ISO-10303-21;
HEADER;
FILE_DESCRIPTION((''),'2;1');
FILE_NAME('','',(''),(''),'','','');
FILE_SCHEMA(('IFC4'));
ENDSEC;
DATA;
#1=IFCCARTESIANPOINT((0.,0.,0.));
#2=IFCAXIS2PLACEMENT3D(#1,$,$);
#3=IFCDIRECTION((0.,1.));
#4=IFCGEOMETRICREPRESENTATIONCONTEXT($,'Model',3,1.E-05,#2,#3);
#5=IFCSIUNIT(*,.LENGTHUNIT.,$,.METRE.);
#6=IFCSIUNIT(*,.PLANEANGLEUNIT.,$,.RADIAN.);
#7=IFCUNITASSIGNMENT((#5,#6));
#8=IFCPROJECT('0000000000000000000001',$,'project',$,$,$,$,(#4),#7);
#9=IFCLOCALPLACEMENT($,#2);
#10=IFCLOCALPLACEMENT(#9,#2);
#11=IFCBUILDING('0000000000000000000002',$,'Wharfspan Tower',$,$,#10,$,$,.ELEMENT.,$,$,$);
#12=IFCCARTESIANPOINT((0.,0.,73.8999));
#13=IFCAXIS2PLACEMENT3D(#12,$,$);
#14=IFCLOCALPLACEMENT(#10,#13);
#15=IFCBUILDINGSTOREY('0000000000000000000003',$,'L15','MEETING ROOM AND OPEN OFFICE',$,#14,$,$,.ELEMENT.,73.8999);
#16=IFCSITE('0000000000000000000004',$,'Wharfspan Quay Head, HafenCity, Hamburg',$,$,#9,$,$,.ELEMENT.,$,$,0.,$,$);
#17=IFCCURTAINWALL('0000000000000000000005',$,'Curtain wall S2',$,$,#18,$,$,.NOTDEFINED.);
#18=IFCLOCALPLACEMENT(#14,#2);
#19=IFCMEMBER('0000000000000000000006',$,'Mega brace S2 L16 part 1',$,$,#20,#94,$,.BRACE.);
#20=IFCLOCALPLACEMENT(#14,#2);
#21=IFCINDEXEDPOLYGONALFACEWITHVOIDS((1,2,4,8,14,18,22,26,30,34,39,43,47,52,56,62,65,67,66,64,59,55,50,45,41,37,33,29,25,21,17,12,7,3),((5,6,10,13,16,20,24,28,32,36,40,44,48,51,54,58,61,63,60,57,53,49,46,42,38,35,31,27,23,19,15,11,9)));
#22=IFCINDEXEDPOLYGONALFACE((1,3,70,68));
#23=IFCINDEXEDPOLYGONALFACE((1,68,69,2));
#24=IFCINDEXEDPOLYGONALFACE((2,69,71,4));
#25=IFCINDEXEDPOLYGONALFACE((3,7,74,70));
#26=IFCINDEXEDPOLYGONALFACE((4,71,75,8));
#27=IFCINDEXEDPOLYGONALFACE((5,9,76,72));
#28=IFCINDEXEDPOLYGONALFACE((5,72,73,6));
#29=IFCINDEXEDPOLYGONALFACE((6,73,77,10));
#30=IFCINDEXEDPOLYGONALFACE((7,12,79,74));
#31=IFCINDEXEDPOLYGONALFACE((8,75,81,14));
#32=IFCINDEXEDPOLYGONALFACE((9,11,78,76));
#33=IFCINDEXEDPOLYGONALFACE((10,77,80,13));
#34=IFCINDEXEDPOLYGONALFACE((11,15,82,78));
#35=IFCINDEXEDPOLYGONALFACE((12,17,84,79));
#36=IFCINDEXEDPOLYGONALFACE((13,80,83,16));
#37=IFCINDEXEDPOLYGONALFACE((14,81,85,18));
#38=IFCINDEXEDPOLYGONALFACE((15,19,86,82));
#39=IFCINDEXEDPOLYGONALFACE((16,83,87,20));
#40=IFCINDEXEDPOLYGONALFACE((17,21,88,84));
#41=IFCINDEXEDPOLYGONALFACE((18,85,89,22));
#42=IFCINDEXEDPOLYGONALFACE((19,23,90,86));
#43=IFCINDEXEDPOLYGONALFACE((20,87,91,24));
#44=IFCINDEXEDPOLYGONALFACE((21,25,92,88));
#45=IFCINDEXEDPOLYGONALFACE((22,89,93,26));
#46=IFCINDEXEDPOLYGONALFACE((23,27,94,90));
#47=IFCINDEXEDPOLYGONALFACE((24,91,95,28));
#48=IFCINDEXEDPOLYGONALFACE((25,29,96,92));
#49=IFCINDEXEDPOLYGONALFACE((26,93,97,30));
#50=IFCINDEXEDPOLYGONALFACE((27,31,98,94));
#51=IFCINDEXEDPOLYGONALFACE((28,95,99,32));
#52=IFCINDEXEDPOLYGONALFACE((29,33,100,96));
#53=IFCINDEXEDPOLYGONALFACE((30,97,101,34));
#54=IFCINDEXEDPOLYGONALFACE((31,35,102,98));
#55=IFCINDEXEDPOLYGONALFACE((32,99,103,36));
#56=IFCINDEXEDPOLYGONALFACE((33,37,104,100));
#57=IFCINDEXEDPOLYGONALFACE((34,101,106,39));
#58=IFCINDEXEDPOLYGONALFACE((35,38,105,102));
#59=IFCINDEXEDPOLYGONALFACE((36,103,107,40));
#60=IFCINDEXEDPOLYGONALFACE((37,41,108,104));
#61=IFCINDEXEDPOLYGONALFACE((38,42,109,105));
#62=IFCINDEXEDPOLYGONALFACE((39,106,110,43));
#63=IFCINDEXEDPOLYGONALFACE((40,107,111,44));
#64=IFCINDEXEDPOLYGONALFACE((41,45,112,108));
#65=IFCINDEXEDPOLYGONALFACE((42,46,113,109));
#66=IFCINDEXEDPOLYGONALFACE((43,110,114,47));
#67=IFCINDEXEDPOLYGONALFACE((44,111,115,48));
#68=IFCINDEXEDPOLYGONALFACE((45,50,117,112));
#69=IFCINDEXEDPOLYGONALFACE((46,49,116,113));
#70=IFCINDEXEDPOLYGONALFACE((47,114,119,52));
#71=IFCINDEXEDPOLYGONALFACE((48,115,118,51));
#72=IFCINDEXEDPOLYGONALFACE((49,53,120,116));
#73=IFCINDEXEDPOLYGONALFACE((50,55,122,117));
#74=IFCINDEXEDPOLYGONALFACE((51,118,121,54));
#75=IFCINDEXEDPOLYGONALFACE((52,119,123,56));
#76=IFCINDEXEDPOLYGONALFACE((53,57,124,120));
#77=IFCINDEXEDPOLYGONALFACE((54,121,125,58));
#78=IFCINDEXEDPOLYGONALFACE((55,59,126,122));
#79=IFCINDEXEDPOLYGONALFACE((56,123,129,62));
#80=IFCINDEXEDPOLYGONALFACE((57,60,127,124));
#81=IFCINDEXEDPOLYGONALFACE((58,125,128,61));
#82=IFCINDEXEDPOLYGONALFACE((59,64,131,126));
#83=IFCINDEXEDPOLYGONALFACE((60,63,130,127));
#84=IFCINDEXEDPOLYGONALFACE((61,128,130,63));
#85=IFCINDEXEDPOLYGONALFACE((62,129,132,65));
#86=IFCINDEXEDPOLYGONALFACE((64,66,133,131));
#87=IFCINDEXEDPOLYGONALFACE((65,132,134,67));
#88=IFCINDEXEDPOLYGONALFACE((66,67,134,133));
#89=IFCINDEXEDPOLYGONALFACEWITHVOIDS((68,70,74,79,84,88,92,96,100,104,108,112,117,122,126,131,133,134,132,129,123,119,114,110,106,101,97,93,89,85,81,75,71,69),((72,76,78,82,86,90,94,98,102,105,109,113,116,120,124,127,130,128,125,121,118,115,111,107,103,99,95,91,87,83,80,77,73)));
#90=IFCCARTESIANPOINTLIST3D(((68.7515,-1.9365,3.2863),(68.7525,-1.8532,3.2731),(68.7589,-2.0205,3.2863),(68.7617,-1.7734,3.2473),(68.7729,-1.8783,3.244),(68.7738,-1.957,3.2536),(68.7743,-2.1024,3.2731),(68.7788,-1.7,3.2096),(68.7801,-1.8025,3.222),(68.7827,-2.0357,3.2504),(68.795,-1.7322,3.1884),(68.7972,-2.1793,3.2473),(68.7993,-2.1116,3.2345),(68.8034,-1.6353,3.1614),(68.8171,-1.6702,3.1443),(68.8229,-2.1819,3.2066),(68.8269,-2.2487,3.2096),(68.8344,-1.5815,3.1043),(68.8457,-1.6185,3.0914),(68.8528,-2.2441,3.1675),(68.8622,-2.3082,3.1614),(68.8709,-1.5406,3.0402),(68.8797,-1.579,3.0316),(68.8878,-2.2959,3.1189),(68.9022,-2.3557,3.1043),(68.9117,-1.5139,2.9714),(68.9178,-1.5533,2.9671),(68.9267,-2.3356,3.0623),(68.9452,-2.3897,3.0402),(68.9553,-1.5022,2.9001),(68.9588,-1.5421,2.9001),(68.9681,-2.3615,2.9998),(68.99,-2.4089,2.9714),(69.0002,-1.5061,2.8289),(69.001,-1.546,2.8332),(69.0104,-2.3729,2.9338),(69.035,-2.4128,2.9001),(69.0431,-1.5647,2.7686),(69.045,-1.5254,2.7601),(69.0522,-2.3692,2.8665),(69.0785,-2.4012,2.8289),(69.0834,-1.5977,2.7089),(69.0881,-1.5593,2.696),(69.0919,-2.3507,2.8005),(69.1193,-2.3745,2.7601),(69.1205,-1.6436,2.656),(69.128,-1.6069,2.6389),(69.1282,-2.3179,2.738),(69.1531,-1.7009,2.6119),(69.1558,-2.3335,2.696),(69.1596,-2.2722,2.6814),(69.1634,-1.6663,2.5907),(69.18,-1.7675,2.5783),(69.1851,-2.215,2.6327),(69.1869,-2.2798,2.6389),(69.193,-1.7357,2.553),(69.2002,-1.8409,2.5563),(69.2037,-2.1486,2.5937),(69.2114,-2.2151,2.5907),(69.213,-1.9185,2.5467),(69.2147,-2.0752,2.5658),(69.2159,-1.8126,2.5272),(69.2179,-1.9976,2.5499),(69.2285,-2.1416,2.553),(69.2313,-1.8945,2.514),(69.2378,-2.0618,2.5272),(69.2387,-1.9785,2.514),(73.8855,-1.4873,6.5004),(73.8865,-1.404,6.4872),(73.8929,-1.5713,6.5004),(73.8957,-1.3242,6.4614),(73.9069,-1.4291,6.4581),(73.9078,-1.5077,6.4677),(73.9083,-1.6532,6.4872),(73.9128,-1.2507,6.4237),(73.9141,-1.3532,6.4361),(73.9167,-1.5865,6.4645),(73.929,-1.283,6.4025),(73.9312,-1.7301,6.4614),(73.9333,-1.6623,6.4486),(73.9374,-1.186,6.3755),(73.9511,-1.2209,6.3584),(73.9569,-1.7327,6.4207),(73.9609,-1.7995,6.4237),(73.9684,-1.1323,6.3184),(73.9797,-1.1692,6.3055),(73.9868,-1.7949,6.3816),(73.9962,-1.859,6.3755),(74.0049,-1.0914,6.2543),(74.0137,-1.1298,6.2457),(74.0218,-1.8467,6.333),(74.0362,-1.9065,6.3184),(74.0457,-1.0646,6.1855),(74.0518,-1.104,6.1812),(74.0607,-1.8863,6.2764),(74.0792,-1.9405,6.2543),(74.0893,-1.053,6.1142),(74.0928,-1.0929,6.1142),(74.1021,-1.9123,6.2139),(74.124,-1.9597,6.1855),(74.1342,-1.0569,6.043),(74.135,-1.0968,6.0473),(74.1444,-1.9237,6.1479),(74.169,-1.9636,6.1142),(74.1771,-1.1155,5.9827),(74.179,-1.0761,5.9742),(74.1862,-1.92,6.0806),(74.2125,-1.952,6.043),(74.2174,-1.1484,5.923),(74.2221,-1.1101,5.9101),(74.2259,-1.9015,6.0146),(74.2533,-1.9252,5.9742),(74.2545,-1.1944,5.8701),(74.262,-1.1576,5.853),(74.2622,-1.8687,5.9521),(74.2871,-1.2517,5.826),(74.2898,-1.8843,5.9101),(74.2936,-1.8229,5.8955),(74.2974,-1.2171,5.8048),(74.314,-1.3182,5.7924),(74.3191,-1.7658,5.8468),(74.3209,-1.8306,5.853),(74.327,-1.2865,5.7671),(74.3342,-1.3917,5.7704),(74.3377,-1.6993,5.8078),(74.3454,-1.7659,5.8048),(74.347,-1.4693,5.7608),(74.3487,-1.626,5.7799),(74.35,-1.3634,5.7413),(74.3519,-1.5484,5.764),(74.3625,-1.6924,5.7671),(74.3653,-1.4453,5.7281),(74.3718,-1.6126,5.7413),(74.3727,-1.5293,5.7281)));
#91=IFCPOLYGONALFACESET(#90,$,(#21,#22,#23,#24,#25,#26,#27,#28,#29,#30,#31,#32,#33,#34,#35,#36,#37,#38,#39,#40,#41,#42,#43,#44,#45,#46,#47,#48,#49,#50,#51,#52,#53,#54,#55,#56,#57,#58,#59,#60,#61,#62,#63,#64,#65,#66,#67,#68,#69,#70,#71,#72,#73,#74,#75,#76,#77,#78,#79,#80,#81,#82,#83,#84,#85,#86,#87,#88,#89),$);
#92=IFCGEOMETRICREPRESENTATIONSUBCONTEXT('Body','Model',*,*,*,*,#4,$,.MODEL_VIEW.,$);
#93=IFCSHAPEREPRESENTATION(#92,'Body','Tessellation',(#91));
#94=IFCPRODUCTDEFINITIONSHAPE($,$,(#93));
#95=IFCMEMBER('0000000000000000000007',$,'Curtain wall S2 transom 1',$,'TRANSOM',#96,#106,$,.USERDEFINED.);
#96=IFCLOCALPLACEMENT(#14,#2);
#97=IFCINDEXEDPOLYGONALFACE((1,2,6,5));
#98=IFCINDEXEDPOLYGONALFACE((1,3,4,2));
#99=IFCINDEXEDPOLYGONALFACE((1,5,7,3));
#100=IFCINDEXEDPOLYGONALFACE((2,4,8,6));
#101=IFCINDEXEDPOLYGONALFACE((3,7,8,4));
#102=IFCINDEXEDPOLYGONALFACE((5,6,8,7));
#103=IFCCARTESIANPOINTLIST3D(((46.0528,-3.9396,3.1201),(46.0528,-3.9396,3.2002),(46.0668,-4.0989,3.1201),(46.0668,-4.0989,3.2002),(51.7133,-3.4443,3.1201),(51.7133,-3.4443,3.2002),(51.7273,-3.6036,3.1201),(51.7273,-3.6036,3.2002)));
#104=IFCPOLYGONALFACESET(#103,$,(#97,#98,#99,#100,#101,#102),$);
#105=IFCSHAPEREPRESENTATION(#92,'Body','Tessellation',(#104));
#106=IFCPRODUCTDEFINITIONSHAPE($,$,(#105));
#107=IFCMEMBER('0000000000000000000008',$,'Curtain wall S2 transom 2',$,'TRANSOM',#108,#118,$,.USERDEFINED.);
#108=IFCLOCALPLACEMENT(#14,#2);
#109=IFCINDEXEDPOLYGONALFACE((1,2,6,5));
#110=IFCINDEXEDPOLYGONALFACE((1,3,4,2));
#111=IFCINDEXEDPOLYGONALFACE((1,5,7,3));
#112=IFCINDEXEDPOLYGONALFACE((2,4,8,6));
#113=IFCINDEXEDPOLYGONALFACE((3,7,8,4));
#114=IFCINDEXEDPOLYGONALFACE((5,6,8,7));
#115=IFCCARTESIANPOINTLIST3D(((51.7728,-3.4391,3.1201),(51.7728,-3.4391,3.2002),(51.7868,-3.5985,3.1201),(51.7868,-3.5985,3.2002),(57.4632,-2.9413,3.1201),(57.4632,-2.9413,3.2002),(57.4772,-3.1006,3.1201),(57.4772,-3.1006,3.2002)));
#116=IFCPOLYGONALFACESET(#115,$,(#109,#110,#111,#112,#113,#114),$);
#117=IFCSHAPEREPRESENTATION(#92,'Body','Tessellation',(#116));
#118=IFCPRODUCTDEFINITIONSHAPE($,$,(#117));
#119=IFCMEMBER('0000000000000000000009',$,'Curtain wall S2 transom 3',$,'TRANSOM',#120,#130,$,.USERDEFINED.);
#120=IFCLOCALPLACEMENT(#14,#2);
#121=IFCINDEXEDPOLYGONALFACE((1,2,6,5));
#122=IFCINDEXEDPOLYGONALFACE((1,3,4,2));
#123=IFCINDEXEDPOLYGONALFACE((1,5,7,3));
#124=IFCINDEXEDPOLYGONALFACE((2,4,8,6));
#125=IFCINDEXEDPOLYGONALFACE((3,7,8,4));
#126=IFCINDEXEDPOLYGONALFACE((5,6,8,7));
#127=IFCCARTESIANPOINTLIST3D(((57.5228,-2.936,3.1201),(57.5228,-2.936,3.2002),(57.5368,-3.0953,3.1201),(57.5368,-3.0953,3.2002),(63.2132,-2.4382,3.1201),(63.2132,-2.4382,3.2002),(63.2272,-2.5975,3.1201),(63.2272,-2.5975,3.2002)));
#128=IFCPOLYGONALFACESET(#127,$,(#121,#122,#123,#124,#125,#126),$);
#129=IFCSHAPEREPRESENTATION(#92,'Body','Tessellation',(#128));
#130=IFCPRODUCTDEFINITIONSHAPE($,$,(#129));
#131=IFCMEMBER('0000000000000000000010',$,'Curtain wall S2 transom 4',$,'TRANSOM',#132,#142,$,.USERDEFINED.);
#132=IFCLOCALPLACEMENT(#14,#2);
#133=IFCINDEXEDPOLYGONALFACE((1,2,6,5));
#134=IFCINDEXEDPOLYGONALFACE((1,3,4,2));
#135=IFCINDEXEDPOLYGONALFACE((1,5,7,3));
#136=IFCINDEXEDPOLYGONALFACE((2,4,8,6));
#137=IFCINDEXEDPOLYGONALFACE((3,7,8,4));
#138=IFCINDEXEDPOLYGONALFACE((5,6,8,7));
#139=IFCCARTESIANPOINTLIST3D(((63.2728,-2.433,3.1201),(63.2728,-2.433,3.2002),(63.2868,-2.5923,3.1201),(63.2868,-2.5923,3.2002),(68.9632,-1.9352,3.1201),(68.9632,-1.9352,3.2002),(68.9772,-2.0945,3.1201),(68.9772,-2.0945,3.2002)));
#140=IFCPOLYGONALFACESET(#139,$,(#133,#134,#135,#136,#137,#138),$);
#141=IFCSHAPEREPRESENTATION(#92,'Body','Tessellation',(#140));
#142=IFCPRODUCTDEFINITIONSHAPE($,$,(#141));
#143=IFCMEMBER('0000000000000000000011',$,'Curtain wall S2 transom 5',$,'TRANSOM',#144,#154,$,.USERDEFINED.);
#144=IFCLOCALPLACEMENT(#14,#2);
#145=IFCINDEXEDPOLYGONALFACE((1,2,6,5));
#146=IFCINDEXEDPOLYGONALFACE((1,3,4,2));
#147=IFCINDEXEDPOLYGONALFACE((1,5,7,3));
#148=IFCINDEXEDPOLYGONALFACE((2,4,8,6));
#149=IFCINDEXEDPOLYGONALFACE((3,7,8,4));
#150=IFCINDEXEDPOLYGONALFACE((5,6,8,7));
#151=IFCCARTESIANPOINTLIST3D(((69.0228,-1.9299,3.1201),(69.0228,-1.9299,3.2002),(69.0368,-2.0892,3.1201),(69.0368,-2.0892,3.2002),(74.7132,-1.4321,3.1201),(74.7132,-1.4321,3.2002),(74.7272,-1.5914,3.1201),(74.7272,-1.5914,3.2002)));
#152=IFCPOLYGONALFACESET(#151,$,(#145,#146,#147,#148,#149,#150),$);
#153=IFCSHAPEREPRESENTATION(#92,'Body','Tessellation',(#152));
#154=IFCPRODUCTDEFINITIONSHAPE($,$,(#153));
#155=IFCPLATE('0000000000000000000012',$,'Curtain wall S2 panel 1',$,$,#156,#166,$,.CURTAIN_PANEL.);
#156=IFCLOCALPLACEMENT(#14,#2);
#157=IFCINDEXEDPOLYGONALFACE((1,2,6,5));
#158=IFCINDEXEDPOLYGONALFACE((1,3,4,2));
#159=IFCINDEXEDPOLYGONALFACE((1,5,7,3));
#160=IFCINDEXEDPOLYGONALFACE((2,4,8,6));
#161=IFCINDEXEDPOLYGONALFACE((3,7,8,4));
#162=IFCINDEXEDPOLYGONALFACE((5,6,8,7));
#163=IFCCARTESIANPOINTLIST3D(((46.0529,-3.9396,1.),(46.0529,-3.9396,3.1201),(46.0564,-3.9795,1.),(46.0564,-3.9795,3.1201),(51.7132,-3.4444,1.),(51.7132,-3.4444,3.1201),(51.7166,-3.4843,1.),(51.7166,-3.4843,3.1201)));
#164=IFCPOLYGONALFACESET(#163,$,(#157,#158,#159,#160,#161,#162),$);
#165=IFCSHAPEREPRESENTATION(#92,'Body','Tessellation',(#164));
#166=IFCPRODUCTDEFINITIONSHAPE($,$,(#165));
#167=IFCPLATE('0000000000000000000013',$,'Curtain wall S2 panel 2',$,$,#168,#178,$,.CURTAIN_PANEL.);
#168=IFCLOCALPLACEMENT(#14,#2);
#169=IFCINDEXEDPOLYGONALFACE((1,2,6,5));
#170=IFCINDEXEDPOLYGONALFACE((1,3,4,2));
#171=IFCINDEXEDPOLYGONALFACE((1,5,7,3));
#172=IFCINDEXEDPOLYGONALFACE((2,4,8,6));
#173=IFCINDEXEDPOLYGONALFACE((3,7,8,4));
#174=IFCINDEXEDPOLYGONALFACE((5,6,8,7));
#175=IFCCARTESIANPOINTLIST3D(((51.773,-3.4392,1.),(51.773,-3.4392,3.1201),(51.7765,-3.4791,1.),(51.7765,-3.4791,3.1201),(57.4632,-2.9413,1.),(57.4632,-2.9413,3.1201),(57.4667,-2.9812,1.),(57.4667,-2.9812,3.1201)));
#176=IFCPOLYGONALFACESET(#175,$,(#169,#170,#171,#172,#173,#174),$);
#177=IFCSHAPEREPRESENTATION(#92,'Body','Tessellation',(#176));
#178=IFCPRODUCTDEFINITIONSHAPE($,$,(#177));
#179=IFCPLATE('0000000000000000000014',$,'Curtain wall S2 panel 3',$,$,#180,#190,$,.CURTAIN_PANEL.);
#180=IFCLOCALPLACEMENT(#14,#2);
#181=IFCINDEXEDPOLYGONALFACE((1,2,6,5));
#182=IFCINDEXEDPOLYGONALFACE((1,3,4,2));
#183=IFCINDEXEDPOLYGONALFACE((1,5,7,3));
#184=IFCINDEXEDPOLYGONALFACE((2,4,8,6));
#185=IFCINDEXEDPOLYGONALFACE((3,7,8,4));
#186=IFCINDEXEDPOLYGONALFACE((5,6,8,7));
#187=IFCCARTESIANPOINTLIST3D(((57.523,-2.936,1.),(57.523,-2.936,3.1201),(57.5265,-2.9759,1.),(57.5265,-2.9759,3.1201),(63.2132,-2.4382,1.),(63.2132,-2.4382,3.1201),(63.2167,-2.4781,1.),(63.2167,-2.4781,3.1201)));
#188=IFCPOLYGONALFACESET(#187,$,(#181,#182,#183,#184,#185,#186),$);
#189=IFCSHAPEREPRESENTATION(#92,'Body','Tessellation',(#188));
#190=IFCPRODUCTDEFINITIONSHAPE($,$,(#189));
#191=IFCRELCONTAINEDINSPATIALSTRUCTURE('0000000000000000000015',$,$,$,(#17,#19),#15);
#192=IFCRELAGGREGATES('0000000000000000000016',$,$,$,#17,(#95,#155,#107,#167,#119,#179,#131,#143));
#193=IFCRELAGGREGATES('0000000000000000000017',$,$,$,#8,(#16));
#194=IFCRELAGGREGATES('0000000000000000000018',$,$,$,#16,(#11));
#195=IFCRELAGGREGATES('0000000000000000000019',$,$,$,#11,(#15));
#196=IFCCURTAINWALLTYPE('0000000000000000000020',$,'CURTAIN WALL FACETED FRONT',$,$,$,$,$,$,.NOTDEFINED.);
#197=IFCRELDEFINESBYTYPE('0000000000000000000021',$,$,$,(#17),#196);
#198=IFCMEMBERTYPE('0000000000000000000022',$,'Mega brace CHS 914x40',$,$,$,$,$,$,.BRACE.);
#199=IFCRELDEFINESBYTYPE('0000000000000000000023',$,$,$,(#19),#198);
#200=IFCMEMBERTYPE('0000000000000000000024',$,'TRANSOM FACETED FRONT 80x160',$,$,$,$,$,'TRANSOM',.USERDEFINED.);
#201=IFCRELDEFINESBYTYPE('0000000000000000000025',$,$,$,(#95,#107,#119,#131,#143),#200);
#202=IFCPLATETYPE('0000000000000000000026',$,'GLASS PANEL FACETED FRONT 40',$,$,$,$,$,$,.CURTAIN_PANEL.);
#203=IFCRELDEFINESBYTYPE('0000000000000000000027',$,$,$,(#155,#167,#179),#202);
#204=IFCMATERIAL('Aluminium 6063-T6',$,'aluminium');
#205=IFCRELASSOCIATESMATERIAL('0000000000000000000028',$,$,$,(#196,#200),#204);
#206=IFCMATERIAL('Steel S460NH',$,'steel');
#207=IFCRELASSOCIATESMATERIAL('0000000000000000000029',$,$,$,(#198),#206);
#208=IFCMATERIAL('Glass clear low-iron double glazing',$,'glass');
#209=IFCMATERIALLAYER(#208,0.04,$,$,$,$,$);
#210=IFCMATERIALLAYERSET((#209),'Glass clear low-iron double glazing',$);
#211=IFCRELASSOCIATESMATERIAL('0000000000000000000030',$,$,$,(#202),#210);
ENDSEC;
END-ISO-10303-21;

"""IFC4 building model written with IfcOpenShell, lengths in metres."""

from ifc_helpers import new_model, si_unit, direction, frame, origin, origin_2d, place, context, subcontext, project, spatial, rectangle, hollow_circle, extrude, material, layer, layer_set, material_profile, profile_set, type_object, element, aggregate, save


model = new_model("IFC4")

# Units and contexts
model_context = context("Model", 3, precision=1e-05, world=origin(), true_north=direction((0.0, 1.0)))
body_context = subcontext(model_context, "Body", "Model", "MODEL_VIEW")
ifc_project = project(units=[si_unit("LENGTHUNIT", "METRE"), si_unit("PLANEANGLEUNIT", "RADIAN")], contexts=[model_context])

# Site, building, storey
site_placement = place(None, origin())
site = spatial("IfcSite", under=ifc_project, at=site_placement, Name="Wharfspan Quay Head, HafenCity, Hamburg", CompositionType="ELEMENT", RefElevation=0.0)
building_placement = place(site_placement, origin())
building = spatial("IfcBuilding", under=site, at=building_placement, Name="Wharfspan Tower", CompositionType="ELEMENT")
storey_placement = place(building_placement, frame((0.0, 0.0, 73.8999)))
storey = spatial("IfcBuildingStorey", under=building, at=storey_placement, Name="L15", Description="MEETING ROOM AND OPEN OFFICE", CompositionType="ELEMENT", Elevation=73.8999)

# Curtain wall
ifc_material_1 = material(Name="Aluminium 6063-T6", Category="aluminium")
curtain_wall_type = type_object("IfcCurtainWallType", Name="CURTAIN WALL FACETED FRONT", PredefinedType="NOTDEFINED", material=ifc_material_1)
curtain_wall_placement = place(storey_placement, origin())
curtain_wall = element("IfcCurtainWall", 1, at=curtain_wall_placement, inside=storey, type_object=curtain_wall_type, Name="Curtain wall S2", PredefinedType="NOTDEFINED")

# Members
ifc_material_2 = material(Name="Steel S460NH", Category="steel")
ifc_material_profile_1 = material_profile(ifc_material_2, hollow_circle(Radius=0.457, WallThickness=0.04, at=origin_2d()))
ifc_profile_set_1 = profile_set([ifc_material_profile_1], Name="Steel S460NH")
member_type_1 = type_object("IfcMemberType", Name="Mega brace CHS 914x40", PredefinedType="BRACE", material=ifc_profile_set_1)
member_1_placement = place(storey_placement, frame((68.9951, -1.9575, 2.9001), z_axis=(0.84528, 0.073961, 0.52918), x_axis=(-0.087165, 0.996192, -0.000001)))
element("IfcMember", 2, at=member_1_placement, inside=storey, type_object=member_type_1, Name="Mega brace S2 L16 part 1", PredefinedType="BRACE", context=body_context, shape_type="SweptSolid", body=[
    extrude(hollow_circle(Radius=0.457, WallThickness=0.04, at=origin_2d()), origin(), (0.0, 0.0, 1.0), 6.0737),
])
ifc_material_profile_2 = material_profile(ifc_material_1, rectangle(XDim=0.1599, YDim=0.0801, at=origin_2d()))
ifc_profile_set_2 = profile_set([ifc_material_profile_2], Name="Aluminium 6063-T6")
member_type_2 = type_object("IfcMemberType", Name="TRANSOM FACETED FRONT 80x160", ElementType="TRANSOM", PredefinedType="USERDEFINED", material=ifc_profile_set_2)
member_2_placement = place(storey_placement, frame((46.0598, -4.0193, 3.1602), z_axis=(0.996193, 0.08718, 0.0), x_axis=(-0.08718, 0.996193, 0.0)))
member_2 = element("IfcMember", 3, at=member_2_placement, type_object=member_type_2, Name="Curtain wall S2 transom 1", ObjectType="TRANSOM", PredefinedType="USERDEFINED", context=body_context, shape_type="SweptSolid", body=[
    extrude(rectangle(XDim=0.1599, YDim=0.0801, at=origin_2d()), origin(), (0.0, 0.0, 1.0), 5.6821),
])
member_3_placement = place(storey_placement, frame((51.7798, -3.5188, 3.1602), z_axis=(0.996195, 0.087148, 0.0), x_axis=(-0.087148, 0.996195, 0.0)))
member_3 = element("IfcMember", 4, at=member_3_placement, type_object=member_type_2, Name="Curtain wall S2 transom 2", ObjectType="TRANSOM", PredefinedType="USERDEFINED", context=body_context, shape_type="SweptSolid", body=[
    extrude(rectangle(XDim=0.1599, YDim=0.0801, at=origin_2d()), origin(), (0.0, 0.0, 1.0), 5.7122),
])
member_4_placement = place(storey_placement, frame((57.5298, -3.0156, 3.1602), z_axis=(0.996195, 0.087148, 0.0), x_axis=(-0.087148, 0.996195, 0.0)))
member_4 = element("IfcMember", 5, at=member_4_placement, type_object=member_type_2, Name="Curtain wall S2 transom 3", ObjectType="TRANSOM", PredefinedType="USERDEFINED", context=body_context, shape_type="SweptSolid", body=[
    extrude(rectangle(XDim=0.1599, YDim=0.0801, at=origin_2d()), origin(), (0.0, 0.0, 1.0), 5.7122),
])
member_5_placement = place(storey_placement, frame((63.2798, -2.5127, 3.1602), z_axis=(0.996195, 0.087148, 0.0), x_axis=(-0.087148, 0.996195, 0.0)))
member_5 = element("IfcMember", 6, at=member_5_placement, type_object=member_type_2, Name="Curtain wall S2 transom 4", ObjectType="TRANSOM", PredefinedType="USERDEFINED", context=body_context, shape_type="SweptSolid", body=[
    extrude(rectangle(XDim=0.1599, YDim=0.0801, at=origin_2d()), origin(), (0.0, 0.0, 1.0), 5.7122),
])
member_6_placement = place(storey_placement, frame((69.0298, -2.0095, 3.1602), z_axis=(0.996195, 0.087148, 0.0), x_axis=(-0.087148, 0.996195, 0.0)))
member_6 = element("IfcMember", 7, at=member_6_placement, type_object=member_type_2, Name="Curtain wall S2 transom 5", ObjectType="TRANSOM", PredefinedType="USERDEFINED", context=body_context, shape_type="SweptSolid", body=[
    extrude(rectangle(XDim=0.1599, YDim=0.0801, at=origin_2d()), origin(), (0.0, 0.0, 1.0), 5.7122),
])

# Plates
ifc_material_3 = material(Name="Glass clear low-iron double glazing", Category="glass")
ifc_layer_1 = layer(ifc_material_3, 0.04)
ifc_layer_set_1 = layer_set([ifc_layer_1], Name="Glass clear low-iron double glazing")
plate_type = type_object("IfcPlateType", Name="GLASS PANEL FACETED FRONT 40", PredefinedType="CURTAIN_PANEL", material=ifc_layer_set_1)
plate_1_placement = place(storey_placement, frame((48.8848, -3.7119, 1.0), z_axis=(0.0, 0.0, 1.0), x_axis=(0.996197, 0.087156, 0.0)))
plate_1 = element("IfcPlate", 8, at=plate_1_placement, type_object=plate_type, Name="Curtain wall S2 panel 1", PredefinedType="CURTAIN_PANEL", context=body_context, shape_type="SweptSolid", body=[
    extrude(rectangle(XDim=5.6819, YDim=0.04, at=origin_2d()), origin(), (0.0, 0.0, 1.0), 2.1201),
])
plate_2_placement = place(storey_placement, frame((54.6199, -3.2102, 1.0), z_axis=(0.0, 0.0, 1.0), x_axis=(0.996197, 0.087156, 0.0)))
plate_2 = element("IfcPlate", 9, at=plate_2_placement, type_object=plate_type, Name="Curtain wall S2 panel 2", PredefinedType="CURTAIN_PANEL", context=body_context, shape_type="SweptSolid", body=[
    extrude(rectangle(XDim=5.7119, YDim=0.04, at=origin_2d()), origin(), (0.0, 0.0, 1.0), 2.1201),
])
plate_3_placement = place(storey_placement, frame((60.3699, -2.707, 1.0), z_axis=(0.0, 0.0, 1.0), x_axis=(0.996197, 0.087156, 0.0)))
plate_3 = element("IfcPlate", 10, at=plate_3_placement, type_object=plate_type, Name="Curtain wall S2 panel 3", PredefinedType="CURTAIN_PANEL", context=body_context, shape_type="SweptSolid", body=[
    extrude(rectangle(XDim=5.7119, YDim=0.04, at=origin_2d()), origin(), (0.0, 0.0, 1.0), 2.1201),
])
aggregate(curtain_wall, [member_2, plate_1, member_3, plate_2, member_4, plate_3, member_5, member_6])

save(model, "model.ifc")
